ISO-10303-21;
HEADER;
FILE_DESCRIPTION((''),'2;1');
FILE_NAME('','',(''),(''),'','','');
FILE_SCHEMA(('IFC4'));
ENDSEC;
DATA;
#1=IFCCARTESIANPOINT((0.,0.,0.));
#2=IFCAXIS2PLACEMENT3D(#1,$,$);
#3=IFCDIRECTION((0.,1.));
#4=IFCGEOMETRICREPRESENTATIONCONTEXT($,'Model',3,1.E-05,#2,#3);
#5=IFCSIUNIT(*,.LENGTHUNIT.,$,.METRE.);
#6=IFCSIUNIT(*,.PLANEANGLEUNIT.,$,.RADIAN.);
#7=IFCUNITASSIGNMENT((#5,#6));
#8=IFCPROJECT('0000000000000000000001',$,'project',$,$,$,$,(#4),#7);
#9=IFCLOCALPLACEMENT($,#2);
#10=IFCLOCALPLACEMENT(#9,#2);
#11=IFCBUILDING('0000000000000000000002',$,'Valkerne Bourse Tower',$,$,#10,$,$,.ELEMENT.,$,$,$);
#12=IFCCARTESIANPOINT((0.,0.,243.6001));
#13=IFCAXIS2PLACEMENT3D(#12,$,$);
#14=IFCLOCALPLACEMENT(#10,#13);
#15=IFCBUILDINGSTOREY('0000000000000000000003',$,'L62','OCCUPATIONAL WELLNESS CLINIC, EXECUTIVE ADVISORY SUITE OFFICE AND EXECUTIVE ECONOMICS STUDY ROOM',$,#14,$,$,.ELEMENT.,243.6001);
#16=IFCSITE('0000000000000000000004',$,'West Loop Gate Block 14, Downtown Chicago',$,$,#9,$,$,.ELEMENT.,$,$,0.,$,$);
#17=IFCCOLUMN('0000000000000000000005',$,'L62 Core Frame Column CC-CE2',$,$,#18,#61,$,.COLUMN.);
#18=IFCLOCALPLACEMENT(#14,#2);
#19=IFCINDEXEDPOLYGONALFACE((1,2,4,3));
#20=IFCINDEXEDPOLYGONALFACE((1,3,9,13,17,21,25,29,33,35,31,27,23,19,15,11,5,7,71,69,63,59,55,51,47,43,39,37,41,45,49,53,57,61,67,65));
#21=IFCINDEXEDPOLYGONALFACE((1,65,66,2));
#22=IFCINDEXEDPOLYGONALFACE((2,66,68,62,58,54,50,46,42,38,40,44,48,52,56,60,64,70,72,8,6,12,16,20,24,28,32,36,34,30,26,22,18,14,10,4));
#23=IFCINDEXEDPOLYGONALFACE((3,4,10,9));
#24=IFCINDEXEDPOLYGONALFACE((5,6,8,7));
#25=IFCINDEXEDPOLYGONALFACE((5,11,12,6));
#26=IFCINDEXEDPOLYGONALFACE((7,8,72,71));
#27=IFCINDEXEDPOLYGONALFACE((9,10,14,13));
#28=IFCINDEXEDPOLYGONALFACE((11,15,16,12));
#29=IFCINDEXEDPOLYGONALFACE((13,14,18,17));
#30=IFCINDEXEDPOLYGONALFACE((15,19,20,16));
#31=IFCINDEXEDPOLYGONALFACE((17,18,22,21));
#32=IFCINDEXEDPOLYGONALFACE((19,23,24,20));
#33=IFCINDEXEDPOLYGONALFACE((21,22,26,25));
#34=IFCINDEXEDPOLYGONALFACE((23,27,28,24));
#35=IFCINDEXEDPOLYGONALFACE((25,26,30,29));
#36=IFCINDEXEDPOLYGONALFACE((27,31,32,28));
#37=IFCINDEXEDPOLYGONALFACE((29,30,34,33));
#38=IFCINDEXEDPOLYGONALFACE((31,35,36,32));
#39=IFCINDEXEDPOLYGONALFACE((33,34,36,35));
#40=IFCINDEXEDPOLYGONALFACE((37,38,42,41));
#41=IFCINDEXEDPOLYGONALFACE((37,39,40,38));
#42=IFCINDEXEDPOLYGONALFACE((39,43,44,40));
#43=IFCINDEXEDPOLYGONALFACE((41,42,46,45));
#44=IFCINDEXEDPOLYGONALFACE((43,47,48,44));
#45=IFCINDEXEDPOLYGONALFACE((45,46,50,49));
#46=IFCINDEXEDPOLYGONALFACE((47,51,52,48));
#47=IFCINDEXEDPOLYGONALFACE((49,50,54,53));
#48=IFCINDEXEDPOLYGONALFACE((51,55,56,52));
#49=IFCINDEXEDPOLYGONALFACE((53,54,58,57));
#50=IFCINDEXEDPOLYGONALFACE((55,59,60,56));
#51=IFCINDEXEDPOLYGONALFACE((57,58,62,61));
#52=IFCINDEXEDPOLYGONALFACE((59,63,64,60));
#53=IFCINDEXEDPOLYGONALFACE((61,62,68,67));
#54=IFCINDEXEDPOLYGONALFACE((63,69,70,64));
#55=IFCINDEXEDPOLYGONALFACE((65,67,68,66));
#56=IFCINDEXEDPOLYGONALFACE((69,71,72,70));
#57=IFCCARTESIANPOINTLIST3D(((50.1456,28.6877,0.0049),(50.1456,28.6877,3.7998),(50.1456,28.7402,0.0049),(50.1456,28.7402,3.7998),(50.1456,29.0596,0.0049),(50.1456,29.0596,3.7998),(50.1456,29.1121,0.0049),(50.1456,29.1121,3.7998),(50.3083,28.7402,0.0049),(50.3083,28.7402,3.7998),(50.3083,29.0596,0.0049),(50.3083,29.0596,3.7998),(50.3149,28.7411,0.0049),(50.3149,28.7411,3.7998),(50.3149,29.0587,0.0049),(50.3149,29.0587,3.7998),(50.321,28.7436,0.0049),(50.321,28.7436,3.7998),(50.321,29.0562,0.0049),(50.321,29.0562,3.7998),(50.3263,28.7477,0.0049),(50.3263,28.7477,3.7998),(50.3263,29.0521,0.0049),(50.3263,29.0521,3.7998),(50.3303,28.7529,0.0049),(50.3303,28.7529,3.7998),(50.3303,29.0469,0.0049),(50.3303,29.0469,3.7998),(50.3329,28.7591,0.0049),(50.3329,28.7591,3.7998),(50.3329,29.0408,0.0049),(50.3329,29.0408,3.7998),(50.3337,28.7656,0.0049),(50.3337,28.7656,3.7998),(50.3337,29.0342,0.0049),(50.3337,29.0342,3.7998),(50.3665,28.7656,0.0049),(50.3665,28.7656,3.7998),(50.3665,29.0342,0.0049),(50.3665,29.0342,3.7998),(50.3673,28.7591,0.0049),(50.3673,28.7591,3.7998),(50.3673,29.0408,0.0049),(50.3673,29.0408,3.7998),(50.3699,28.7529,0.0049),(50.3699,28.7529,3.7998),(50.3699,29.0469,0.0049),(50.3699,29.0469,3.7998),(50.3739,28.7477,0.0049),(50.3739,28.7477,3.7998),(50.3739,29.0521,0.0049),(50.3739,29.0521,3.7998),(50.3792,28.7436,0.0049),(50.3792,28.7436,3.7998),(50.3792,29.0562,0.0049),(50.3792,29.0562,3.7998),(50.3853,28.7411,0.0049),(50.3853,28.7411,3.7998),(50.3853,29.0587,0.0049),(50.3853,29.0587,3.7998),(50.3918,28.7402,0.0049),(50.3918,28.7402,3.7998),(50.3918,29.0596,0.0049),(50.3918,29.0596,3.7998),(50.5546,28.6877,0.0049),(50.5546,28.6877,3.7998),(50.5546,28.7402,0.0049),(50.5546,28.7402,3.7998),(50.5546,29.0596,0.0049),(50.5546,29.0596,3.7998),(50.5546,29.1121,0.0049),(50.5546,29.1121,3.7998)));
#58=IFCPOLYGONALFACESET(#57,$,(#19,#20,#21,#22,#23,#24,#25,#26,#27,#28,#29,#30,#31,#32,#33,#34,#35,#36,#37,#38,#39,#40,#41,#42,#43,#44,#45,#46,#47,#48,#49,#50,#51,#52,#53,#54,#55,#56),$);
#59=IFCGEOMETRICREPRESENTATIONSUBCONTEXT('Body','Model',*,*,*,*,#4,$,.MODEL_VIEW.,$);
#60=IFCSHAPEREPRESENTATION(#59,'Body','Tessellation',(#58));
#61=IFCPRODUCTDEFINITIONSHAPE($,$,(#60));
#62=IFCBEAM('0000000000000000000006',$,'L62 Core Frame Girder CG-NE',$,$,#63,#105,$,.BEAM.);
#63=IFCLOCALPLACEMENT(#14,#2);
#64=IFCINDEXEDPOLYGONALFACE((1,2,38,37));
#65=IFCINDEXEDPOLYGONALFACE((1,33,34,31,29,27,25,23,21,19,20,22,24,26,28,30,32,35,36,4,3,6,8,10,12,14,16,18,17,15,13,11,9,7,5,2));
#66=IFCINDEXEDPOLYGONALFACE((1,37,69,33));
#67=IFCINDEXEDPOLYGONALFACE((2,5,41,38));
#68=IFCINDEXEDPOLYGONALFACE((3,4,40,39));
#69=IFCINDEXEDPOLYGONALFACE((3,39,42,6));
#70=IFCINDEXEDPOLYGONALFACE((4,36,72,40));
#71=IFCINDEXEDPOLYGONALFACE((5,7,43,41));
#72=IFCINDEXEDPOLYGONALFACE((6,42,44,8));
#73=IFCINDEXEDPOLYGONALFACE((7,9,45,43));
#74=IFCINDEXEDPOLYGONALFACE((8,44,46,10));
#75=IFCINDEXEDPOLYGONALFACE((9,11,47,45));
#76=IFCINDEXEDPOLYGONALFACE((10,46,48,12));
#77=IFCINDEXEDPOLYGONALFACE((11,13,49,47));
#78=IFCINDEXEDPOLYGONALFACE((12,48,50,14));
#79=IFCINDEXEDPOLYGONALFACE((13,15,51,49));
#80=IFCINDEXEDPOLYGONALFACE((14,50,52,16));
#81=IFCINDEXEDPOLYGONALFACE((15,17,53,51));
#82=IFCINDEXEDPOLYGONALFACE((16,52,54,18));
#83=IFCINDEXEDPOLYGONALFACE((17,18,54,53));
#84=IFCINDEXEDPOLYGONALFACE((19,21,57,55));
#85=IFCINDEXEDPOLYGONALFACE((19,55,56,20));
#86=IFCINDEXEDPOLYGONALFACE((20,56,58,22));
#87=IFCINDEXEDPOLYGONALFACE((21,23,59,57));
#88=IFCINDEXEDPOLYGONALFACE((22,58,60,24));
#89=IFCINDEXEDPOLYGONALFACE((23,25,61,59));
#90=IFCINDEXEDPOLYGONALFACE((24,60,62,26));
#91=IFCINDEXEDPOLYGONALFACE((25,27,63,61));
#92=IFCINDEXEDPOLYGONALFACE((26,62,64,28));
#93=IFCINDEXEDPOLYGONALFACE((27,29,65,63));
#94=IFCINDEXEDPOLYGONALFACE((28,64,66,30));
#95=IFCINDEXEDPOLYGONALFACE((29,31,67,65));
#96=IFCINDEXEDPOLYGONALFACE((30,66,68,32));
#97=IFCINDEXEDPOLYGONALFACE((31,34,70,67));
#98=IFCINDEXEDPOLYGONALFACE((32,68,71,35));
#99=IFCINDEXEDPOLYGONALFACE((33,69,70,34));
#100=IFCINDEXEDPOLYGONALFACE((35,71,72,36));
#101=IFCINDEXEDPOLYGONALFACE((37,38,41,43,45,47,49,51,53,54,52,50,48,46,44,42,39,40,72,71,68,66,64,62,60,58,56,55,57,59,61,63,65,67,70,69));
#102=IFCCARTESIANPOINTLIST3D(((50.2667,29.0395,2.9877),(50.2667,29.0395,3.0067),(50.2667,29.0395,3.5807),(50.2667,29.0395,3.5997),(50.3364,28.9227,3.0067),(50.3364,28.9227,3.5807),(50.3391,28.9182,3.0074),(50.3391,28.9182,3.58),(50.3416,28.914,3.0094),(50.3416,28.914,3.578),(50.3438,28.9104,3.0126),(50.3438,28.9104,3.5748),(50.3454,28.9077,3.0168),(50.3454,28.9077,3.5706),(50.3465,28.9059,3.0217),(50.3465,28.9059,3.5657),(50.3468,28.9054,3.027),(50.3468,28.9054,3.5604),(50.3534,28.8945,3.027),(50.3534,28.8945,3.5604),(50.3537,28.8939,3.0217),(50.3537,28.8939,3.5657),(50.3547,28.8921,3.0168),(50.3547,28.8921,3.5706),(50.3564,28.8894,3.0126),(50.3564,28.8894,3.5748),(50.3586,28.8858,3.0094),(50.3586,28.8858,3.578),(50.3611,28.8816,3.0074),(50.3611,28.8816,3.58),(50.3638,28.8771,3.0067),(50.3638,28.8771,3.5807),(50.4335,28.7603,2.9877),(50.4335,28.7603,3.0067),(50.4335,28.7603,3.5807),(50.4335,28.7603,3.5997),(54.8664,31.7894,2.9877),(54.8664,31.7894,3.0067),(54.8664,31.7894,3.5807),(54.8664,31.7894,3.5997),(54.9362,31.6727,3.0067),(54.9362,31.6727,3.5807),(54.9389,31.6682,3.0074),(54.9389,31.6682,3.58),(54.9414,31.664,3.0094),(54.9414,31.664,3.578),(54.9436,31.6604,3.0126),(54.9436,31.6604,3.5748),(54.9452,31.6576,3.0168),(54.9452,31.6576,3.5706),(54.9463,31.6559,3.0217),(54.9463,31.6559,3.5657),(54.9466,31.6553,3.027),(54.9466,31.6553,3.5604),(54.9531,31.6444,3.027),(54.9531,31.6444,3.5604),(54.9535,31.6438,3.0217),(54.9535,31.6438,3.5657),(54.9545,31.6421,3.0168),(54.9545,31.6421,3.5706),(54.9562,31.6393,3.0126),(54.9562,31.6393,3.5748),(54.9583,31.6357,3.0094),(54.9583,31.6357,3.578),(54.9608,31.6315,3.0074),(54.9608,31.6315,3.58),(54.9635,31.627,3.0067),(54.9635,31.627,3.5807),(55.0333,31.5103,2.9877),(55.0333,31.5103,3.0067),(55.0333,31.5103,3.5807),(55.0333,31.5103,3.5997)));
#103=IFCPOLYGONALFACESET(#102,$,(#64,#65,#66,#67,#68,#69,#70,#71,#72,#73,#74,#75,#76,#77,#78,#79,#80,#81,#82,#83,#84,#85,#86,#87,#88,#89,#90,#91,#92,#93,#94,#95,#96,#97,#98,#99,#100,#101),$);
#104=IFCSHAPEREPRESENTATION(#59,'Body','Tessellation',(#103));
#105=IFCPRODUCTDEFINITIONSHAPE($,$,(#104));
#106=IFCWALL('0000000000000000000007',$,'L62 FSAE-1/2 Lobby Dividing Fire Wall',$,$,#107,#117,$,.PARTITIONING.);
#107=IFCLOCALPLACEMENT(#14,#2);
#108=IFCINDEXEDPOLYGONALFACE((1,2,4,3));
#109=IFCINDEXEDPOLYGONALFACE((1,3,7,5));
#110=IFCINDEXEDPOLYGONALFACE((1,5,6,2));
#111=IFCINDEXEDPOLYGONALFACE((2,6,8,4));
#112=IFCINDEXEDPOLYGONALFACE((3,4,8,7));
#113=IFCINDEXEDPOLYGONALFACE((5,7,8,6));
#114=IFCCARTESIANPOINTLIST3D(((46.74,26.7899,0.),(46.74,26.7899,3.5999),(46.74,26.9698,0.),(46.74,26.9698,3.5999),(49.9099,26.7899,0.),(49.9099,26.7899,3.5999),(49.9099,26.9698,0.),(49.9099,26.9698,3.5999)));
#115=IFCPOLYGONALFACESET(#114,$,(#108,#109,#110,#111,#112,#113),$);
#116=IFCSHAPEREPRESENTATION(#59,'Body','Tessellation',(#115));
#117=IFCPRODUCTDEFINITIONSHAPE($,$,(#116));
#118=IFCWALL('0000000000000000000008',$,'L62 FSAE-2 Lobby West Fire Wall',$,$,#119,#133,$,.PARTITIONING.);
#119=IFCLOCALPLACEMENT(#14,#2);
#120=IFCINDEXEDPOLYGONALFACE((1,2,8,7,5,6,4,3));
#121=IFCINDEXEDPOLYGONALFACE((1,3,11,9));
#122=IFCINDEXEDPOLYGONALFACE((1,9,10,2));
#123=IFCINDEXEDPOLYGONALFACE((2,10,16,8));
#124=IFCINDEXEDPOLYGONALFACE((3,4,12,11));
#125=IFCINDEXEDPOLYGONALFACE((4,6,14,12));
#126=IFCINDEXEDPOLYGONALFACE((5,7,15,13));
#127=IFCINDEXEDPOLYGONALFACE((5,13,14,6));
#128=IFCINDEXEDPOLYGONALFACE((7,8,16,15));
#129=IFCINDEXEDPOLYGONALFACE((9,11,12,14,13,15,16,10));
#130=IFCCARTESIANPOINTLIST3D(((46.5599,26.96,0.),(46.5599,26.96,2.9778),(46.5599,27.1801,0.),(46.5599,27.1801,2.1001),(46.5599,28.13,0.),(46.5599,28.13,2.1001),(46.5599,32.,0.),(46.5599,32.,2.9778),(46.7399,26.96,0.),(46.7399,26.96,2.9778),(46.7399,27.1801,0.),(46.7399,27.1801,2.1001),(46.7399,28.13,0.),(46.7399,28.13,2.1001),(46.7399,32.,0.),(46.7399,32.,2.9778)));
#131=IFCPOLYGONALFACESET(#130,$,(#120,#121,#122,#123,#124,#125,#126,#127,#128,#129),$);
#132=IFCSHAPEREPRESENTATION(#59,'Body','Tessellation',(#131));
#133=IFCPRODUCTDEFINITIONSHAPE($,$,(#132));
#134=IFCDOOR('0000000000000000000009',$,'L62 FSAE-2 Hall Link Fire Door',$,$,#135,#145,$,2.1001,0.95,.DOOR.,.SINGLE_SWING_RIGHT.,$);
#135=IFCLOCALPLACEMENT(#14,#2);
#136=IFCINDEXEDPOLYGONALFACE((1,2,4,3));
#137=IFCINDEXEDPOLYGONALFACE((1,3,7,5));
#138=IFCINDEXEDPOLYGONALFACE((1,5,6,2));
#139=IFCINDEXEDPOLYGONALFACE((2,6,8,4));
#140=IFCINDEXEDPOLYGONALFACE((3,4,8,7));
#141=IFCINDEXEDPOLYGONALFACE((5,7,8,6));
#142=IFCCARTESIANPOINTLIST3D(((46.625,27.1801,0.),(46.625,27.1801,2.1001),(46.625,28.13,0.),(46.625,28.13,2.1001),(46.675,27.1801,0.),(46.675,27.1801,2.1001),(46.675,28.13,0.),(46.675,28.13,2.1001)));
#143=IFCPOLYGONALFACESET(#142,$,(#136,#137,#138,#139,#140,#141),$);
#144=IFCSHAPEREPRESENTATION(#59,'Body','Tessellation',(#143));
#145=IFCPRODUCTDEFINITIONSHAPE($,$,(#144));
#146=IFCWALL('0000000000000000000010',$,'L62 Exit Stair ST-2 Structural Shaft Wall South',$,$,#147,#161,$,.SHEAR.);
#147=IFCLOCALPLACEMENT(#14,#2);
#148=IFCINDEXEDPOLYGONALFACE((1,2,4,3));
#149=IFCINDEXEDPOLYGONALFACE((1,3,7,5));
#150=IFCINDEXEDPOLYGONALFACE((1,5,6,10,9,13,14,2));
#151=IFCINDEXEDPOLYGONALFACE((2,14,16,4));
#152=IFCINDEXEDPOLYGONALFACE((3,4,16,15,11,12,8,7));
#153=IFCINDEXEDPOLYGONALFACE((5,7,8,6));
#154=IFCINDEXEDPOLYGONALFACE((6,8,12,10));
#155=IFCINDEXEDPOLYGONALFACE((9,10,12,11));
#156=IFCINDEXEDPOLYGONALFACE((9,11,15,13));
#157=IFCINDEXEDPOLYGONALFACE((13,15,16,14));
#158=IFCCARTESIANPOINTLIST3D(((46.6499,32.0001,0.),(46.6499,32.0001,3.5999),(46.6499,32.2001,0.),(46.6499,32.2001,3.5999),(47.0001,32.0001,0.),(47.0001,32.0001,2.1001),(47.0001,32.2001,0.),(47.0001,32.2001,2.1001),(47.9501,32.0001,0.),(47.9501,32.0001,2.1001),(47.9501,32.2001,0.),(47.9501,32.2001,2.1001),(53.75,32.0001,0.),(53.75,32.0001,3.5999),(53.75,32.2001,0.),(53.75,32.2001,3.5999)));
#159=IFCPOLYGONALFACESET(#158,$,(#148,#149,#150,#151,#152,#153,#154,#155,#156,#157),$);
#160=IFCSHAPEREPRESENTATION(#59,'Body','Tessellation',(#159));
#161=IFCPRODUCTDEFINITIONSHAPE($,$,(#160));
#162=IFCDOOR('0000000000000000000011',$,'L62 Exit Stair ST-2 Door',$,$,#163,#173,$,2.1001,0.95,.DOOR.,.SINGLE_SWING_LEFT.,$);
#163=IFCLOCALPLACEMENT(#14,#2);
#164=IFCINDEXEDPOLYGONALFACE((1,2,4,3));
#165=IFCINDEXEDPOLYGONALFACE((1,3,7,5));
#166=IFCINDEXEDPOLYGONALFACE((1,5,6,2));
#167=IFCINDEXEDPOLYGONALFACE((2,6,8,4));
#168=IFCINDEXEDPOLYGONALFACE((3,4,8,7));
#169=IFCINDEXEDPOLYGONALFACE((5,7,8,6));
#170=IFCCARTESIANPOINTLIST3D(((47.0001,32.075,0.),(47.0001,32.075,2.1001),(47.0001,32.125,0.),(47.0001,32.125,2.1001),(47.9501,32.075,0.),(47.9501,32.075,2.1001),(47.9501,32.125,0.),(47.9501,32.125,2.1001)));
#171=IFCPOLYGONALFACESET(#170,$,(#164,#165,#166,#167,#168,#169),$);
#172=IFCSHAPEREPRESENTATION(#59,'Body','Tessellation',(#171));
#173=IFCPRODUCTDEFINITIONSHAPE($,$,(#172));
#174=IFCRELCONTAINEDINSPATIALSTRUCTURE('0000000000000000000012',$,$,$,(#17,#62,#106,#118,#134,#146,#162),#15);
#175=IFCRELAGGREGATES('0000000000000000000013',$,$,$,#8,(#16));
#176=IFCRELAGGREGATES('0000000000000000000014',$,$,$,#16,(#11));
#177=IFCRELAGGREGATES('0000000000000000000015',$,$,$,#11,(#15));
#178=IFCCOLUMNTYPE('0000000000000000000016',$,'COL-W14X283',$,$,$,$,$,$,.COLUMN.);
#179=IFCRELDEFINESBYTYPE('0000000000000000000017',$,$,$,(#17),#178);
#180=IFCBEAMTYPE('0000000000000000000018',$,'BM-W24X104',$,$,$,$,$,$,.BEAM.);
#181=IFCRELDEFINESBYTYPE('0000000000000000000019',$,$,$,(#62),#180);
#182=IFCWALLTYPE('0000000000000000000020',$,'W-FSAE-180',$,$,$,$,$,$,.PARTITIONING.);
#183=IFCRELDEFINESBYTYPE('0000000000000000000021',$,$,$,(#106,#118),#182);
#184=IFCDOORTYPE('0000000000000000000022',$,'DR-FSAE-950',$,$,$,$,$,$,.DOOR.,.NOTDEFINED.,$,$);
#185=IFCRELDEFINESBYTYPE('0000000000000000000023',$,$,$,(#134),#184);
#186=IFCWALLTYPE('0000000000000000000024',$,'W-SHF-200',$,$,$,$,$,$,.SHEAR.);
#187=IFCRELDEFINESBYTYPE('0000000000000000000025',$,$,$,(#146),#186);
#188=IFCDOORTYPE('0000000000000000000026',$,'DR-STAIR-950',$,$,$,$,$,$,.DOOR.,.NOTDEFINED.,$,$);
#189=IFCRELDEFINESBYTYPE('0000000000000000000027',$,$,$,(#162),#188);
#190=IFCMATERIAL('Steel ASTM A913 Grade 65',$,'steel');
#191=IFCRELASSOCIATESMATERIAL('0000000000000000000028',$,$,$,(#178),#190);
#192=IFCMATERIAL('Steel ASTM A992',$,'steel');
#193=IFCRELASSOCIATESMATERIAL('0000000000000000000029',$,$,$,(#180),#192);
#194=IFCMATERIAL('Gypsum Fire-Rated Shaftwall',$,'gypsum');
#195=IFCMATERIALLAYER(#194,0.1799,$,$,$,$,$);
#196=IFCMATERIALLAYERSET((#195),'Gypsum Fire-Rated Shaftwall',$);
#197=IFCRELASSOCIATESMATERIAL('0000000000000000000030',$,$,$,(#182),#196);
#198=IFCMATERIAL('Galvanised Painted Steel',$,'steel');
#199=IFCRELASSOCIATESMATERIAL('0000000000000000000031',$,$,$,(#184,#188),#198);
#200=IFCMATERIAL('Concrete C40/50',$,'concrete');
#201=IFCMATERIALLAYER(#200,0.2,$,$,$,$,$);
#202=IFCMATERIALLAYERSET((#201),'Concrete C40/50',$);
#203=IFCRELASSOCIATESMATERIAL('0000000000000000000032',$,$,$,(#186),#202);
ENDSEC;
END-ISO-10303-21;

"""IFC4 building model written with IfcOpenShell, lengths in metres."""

from ifc_helpers import new_model, si_unit, direction, frame, frame_2d, origin, origin_2d, place, context, subcontext, project, spatial, rectangle, i_section, extrude, material, layer, layer_set, material_profile, profile_set, type_object, element, fill, save


model = new_model("IFC4")

# Units and contexts
model_context = context("Model", 3, precision=1e-05, world=origin(), true_north=direction((0.0, 1.0)))
body_context = subcontext(model_context, "Body", "Model", "MODEL_VIEW")
ifc_project = project(units=[si_unit("LENGTHUNIT", "METRE"), si_unit("PLANEANGLEUNIT", "RADIAN")], contexts=[model_context])

# Site, building, storey
site_placement = place(None, origin())
site = spatial("IfcSite", under=ifc_project, at=site_placement, Name="West Loop Gate Block 14, Downtown Chicago", CompositionType="ELEMENT", RefElevation=0.0)
building_placement = place(site_placement, origin())
building = spatial("IfcBuilding", under=site, at=building_placement, Name="Valkerne Bourse Tower", CompositionType="ELEMENT")
storey_placement = place(building_placement, frame((0.0, 0.0, 243.6001)))
storey = spatial("IfcBuildingStorey", under=building, at=storey_placement, Name="L62", Description="OCCUPATIONAL WELLNESS CLINIC, EXECUTIVE ADVISORY SUITE OFFICE AND EXECUTIVE ECONOMICS STUDY ROOM", CompositionType="ELEMENT", Elevation=243.6001)

# Column
ifc_material_1 = material(Name="Steel ASTM A913 Grade 65", Category="steel")
ifc_material_profile_1 = material_profile(ifc_material_1, i_section(OverallWidth=0.4089, OverallDepth=0.4243, WebThickness=0.0327, FlangeThickness=0.0525, FilletRadius=0.0254, at=origin_2d()), Name="W14X283")
ifc_profile_set_1 = profile_set([ifc_material_profile_1], Name="Steel ASTM A913 Grade 65")
column_type = type_object("IfcColumnType", Name="COL-W14X283", PredefinedType="COLUMN", material=ifc_profile_set_1)
column_placement = place(storey_placement, frame((50.3501, 28.8999, 0.0049), z_axis=(0.0, 0.0, 1.0), x_axis=(1.0, 0.0, 0.0)))
element("IfcColumn", 1, at=column_placement, inside=storey, type_object=column_type, Name="L62 Core Frame Column CC-CE2", PredefinedType="COLUMN", context=body_context, shape_type="SweptSolid", body=[
    extrude(i_section(OverallWidth=0.4089, OverallDepth=0.4243, WebThickness=0.0327, FlangeThickness=0.0525, FilletRadius=0.0254, at=origin_2d()), origin(), (0.0, 0.0, 1.0), 3.7949),
])

# Beam
ifc_material_2 = material(Name="Steel ASTM A992", Category="steel")
ifc_material_profile_2 = material_profile(ifc_material_2, i_section(OverallWidth=0.3252, OverallDepth=0.6121, WebThickness=0.0127, FlangeThickness=0.019, FilletRadius=0.0203, at=origin_2d()), Name="W24X104")
ifc_profile_set_2 = profile_set([ifc_material_profile_2], Name="Steel ASTM A992")
beam_type = type_object("IfcBeamType", Name="BM-W24X104", PredefinedType="BEAM", material=ifc_profile_set_2)
beam_placement = place(storey_placement, frame((50.3501, 28.8999, 3.2937), z_axis=(0.858308, 0.513135, 0.0), x_axis=(-0.513135, 0.858308, 0.0)))
element("IfcBeam", 2, at=beam_placement, inside=storey, type_object=beam_type, Name="L62 Core Frame Girder CG-NE", PredefinedType="BEAM", context=body_context, shape_type="SweptSolid", body=[
    extrude(i_section(OverallWidth=0.3252, OverallDepth=0.6121, WebThickness=0.0127, FlangeThickness=0.019, FilletRadius=0.0203, at=origin_2d()), origin(), (0.0, 0.0, 1.0), 5.3591),
])

# Wall
ifc_material_3 = material(Name="Gypsum Fire-Rated Shaftwall", Category="gypsum")
ifc_layer_1 = layer(ifc_material_3, 0.1799)
ifc_layer_set_1 = layer_set([ifc_layer_1], Name="Gypsum Fire-Rated Shaftwall")
wall_type_1 = type_object("IfcWallType", Name="W-FSAE-180", PredefinedType="PARTITIONING", material=ifc_layer_set_1)
wall_1_placement = place(storey_placement, frame((46.74, 26.8799, 0.0), z_axis=(0.0, 0.0, 1.0), x_axis=(1.0, 0.0, 0.0)))
element("IfcWall", 3, at=wall_1_placement, inside=storey, type_object=wall_type_1, Name="L62 FSAE-1/2 Lobby Dividing Fire Wall", PredefinedType="PARTITIONING", context=body_context, shape_type="SweptSolid", body=[
    extrude(rectangle(XDim=3.1699, YDim=0.1799, at=frame_2d((1.585, 0.0))), origin(), (0.0, 0.0, 1.0), 3.5999),
])

# Wall, opening, door
wall_2_placement = place(storey_placement, frame((46.6499, 26.96, 0.0), z_axis=(0.0, 0.0, 1.0), x_axis=(0.0, 1.0, 0.0)))
wall_2 = element("IfcWall", 4, at=wall_2_placement, inside=storey, type_object=wall_type_1, Name="L62 FSAE-2 Lobby West Fire Wall", PredefinedType="PARTITIONING", context=body_context, shape_type="SweptSolid", body=[
    extrude(rectangle(XDim=5.04, YDim=0.1799, at=frame_2d((2.52, 0.0))), origin(), (0.0, 0.0, 1.0), 2.9778),
])
opening_1_placement = place(wall_2_placement, frame((0.22, 0.0, 0.0)))
opening_1 = element("IfcOpeningElement", 5, at=opening_1_placement, cuts=wall_2, PredefinedType="OPENING", context=body_context, shape_type="SweptSolid", body=[
    extrude(rectangle(XDim=0.95, YDim=2.1001, at=frame_2d((0.4751, 1.05))), frame((0.0, 0.0999, 0.0), z_axis=(0.0, -1.0, 0.0), x_axis=(1.0, 0.0, 0.0)), (0.0, 0.0, 1.0), 0.2),
])
ifc_material_4 = material(Name="Galvanised Painted Steel", Category="steel")
door_type_1 = type_object("IfcDoorType", Name="DR-FSAE-950", OperationType="NOTDEFINED", PredefinedType="DOOR", material=ifc_material_4)
door_1_placement = place(opening_1_placement, origin())
door_1 = element("IfcDoor", 6, at=door_1_placement, inside=storey, type_object=door_type_1, Name="L62 FSAE-2 Hall Link Fire Door", OperationType="SINGLE_SWING_RIGHT", OverallHeight=2.1001, OverallWidth=0.95, PredefinedType="DOOR", context=body_context, shape_type="SweptSolid", body=[
    extrude(rectangle(XDim=0.95, YDim=2.1001, at=frame_2d((0.4751, 1.05))), frame((0.0, 0.0249, 0.0), z_axis=(0.0, -1.0, 0.0), x_axis=(1.0, 0.0, 0.0)), (0.0, 0.0, 1.0), 0.05),
])
fill(opening_1, door_1)

# Wall, opening, door
ifc_material_5 = material(Name="Concrete C40/50", Category="concrete")
ifc_layer_2 = layer(ifc_material_5, 0.2)
ifc_layer_set_2 = layer_set([ifc_layer_2], Name="Concrete C40/50")
wall_type_2 = type_object("IfcWallType", Name="W-SHF-200", PredefinedType="SHEAR", material=ifc_layer_set_2)
wall_3_placement = place(storey_placement, frame((46.6499, 32.1001, 0.0), z_axis=(0.0, 0.0, 1.0), x_axis=(1.0, 0.0, 0.0)))
wall_3 = element("IfcWall", 7, at=wall_3_placement, inside=storey, type_object=wall_type_2, Name="L62 Exit Stair ST-2 Structural Shaft Wall South", PredefinedType="SHEAR", context=body_context, shape_type="SweptSolid", body=[
    extrude(rectangle(XDim=7.1001, YDim=0.2, at=frame_2d((3.55, 0.0))), origin(), (0.0, 0.0, 1.0), 3.5999),
])
opening_2_placement = place(wall_3_placement, frame((0.3501, 0.0, 0.0)))
opening_2 = element("IfcOpeningElement", 8, at=opening_2_placement, cuts=wall_3, PredefinedType="OPENING", context=body_context, shape_type="SweptSolid", body=[
    extrude(rectangle(XDim=0.95, YDim=2.1001, at=frame_2d((0.4751, 1.05))), frame((0.0, 0.1099, 0.0), z_axis=(0.0, -1.0, 0.0), x_axis=(1.0, 0.0, 0.0)), (0.0, 0.0, 1.0), 0.22),
])
door_type_2 = type_object("IfcDoorType", Name="DR-STAIR-950", OperationType="NOTDEFINED", PredefinedType="DOOR", material=ifc_material_4)
door_2_placement = place(opening_2_placement, origin())
door_2 = element("IfcDoor", 9, at=door_2_placement, inside=storey, type_object=door_type_2, Name="L62 Exit Stair ST-2 Door", OperationType="SINGLE_SWING_LEFT", OverallHeight=2.1001, OverallWidth=0.95, PredefinedType="DOOR", context=body_context, shape_type="SweptSolid", body=[
    extrude(rectangle(XDim=0.95, YDim=2.1001, at=frame_2d((0.4751, 1.05))), frame((0.0, 0.0249, 0.0), z_axis=(0.0, -1.0, 0.0), x_axis=(1.0, 0.0, 0.0)), (0.0, 0.0, 1.0), 0.05),
])
fill(opening_2, door_2)

save(model, "model.ifc")
